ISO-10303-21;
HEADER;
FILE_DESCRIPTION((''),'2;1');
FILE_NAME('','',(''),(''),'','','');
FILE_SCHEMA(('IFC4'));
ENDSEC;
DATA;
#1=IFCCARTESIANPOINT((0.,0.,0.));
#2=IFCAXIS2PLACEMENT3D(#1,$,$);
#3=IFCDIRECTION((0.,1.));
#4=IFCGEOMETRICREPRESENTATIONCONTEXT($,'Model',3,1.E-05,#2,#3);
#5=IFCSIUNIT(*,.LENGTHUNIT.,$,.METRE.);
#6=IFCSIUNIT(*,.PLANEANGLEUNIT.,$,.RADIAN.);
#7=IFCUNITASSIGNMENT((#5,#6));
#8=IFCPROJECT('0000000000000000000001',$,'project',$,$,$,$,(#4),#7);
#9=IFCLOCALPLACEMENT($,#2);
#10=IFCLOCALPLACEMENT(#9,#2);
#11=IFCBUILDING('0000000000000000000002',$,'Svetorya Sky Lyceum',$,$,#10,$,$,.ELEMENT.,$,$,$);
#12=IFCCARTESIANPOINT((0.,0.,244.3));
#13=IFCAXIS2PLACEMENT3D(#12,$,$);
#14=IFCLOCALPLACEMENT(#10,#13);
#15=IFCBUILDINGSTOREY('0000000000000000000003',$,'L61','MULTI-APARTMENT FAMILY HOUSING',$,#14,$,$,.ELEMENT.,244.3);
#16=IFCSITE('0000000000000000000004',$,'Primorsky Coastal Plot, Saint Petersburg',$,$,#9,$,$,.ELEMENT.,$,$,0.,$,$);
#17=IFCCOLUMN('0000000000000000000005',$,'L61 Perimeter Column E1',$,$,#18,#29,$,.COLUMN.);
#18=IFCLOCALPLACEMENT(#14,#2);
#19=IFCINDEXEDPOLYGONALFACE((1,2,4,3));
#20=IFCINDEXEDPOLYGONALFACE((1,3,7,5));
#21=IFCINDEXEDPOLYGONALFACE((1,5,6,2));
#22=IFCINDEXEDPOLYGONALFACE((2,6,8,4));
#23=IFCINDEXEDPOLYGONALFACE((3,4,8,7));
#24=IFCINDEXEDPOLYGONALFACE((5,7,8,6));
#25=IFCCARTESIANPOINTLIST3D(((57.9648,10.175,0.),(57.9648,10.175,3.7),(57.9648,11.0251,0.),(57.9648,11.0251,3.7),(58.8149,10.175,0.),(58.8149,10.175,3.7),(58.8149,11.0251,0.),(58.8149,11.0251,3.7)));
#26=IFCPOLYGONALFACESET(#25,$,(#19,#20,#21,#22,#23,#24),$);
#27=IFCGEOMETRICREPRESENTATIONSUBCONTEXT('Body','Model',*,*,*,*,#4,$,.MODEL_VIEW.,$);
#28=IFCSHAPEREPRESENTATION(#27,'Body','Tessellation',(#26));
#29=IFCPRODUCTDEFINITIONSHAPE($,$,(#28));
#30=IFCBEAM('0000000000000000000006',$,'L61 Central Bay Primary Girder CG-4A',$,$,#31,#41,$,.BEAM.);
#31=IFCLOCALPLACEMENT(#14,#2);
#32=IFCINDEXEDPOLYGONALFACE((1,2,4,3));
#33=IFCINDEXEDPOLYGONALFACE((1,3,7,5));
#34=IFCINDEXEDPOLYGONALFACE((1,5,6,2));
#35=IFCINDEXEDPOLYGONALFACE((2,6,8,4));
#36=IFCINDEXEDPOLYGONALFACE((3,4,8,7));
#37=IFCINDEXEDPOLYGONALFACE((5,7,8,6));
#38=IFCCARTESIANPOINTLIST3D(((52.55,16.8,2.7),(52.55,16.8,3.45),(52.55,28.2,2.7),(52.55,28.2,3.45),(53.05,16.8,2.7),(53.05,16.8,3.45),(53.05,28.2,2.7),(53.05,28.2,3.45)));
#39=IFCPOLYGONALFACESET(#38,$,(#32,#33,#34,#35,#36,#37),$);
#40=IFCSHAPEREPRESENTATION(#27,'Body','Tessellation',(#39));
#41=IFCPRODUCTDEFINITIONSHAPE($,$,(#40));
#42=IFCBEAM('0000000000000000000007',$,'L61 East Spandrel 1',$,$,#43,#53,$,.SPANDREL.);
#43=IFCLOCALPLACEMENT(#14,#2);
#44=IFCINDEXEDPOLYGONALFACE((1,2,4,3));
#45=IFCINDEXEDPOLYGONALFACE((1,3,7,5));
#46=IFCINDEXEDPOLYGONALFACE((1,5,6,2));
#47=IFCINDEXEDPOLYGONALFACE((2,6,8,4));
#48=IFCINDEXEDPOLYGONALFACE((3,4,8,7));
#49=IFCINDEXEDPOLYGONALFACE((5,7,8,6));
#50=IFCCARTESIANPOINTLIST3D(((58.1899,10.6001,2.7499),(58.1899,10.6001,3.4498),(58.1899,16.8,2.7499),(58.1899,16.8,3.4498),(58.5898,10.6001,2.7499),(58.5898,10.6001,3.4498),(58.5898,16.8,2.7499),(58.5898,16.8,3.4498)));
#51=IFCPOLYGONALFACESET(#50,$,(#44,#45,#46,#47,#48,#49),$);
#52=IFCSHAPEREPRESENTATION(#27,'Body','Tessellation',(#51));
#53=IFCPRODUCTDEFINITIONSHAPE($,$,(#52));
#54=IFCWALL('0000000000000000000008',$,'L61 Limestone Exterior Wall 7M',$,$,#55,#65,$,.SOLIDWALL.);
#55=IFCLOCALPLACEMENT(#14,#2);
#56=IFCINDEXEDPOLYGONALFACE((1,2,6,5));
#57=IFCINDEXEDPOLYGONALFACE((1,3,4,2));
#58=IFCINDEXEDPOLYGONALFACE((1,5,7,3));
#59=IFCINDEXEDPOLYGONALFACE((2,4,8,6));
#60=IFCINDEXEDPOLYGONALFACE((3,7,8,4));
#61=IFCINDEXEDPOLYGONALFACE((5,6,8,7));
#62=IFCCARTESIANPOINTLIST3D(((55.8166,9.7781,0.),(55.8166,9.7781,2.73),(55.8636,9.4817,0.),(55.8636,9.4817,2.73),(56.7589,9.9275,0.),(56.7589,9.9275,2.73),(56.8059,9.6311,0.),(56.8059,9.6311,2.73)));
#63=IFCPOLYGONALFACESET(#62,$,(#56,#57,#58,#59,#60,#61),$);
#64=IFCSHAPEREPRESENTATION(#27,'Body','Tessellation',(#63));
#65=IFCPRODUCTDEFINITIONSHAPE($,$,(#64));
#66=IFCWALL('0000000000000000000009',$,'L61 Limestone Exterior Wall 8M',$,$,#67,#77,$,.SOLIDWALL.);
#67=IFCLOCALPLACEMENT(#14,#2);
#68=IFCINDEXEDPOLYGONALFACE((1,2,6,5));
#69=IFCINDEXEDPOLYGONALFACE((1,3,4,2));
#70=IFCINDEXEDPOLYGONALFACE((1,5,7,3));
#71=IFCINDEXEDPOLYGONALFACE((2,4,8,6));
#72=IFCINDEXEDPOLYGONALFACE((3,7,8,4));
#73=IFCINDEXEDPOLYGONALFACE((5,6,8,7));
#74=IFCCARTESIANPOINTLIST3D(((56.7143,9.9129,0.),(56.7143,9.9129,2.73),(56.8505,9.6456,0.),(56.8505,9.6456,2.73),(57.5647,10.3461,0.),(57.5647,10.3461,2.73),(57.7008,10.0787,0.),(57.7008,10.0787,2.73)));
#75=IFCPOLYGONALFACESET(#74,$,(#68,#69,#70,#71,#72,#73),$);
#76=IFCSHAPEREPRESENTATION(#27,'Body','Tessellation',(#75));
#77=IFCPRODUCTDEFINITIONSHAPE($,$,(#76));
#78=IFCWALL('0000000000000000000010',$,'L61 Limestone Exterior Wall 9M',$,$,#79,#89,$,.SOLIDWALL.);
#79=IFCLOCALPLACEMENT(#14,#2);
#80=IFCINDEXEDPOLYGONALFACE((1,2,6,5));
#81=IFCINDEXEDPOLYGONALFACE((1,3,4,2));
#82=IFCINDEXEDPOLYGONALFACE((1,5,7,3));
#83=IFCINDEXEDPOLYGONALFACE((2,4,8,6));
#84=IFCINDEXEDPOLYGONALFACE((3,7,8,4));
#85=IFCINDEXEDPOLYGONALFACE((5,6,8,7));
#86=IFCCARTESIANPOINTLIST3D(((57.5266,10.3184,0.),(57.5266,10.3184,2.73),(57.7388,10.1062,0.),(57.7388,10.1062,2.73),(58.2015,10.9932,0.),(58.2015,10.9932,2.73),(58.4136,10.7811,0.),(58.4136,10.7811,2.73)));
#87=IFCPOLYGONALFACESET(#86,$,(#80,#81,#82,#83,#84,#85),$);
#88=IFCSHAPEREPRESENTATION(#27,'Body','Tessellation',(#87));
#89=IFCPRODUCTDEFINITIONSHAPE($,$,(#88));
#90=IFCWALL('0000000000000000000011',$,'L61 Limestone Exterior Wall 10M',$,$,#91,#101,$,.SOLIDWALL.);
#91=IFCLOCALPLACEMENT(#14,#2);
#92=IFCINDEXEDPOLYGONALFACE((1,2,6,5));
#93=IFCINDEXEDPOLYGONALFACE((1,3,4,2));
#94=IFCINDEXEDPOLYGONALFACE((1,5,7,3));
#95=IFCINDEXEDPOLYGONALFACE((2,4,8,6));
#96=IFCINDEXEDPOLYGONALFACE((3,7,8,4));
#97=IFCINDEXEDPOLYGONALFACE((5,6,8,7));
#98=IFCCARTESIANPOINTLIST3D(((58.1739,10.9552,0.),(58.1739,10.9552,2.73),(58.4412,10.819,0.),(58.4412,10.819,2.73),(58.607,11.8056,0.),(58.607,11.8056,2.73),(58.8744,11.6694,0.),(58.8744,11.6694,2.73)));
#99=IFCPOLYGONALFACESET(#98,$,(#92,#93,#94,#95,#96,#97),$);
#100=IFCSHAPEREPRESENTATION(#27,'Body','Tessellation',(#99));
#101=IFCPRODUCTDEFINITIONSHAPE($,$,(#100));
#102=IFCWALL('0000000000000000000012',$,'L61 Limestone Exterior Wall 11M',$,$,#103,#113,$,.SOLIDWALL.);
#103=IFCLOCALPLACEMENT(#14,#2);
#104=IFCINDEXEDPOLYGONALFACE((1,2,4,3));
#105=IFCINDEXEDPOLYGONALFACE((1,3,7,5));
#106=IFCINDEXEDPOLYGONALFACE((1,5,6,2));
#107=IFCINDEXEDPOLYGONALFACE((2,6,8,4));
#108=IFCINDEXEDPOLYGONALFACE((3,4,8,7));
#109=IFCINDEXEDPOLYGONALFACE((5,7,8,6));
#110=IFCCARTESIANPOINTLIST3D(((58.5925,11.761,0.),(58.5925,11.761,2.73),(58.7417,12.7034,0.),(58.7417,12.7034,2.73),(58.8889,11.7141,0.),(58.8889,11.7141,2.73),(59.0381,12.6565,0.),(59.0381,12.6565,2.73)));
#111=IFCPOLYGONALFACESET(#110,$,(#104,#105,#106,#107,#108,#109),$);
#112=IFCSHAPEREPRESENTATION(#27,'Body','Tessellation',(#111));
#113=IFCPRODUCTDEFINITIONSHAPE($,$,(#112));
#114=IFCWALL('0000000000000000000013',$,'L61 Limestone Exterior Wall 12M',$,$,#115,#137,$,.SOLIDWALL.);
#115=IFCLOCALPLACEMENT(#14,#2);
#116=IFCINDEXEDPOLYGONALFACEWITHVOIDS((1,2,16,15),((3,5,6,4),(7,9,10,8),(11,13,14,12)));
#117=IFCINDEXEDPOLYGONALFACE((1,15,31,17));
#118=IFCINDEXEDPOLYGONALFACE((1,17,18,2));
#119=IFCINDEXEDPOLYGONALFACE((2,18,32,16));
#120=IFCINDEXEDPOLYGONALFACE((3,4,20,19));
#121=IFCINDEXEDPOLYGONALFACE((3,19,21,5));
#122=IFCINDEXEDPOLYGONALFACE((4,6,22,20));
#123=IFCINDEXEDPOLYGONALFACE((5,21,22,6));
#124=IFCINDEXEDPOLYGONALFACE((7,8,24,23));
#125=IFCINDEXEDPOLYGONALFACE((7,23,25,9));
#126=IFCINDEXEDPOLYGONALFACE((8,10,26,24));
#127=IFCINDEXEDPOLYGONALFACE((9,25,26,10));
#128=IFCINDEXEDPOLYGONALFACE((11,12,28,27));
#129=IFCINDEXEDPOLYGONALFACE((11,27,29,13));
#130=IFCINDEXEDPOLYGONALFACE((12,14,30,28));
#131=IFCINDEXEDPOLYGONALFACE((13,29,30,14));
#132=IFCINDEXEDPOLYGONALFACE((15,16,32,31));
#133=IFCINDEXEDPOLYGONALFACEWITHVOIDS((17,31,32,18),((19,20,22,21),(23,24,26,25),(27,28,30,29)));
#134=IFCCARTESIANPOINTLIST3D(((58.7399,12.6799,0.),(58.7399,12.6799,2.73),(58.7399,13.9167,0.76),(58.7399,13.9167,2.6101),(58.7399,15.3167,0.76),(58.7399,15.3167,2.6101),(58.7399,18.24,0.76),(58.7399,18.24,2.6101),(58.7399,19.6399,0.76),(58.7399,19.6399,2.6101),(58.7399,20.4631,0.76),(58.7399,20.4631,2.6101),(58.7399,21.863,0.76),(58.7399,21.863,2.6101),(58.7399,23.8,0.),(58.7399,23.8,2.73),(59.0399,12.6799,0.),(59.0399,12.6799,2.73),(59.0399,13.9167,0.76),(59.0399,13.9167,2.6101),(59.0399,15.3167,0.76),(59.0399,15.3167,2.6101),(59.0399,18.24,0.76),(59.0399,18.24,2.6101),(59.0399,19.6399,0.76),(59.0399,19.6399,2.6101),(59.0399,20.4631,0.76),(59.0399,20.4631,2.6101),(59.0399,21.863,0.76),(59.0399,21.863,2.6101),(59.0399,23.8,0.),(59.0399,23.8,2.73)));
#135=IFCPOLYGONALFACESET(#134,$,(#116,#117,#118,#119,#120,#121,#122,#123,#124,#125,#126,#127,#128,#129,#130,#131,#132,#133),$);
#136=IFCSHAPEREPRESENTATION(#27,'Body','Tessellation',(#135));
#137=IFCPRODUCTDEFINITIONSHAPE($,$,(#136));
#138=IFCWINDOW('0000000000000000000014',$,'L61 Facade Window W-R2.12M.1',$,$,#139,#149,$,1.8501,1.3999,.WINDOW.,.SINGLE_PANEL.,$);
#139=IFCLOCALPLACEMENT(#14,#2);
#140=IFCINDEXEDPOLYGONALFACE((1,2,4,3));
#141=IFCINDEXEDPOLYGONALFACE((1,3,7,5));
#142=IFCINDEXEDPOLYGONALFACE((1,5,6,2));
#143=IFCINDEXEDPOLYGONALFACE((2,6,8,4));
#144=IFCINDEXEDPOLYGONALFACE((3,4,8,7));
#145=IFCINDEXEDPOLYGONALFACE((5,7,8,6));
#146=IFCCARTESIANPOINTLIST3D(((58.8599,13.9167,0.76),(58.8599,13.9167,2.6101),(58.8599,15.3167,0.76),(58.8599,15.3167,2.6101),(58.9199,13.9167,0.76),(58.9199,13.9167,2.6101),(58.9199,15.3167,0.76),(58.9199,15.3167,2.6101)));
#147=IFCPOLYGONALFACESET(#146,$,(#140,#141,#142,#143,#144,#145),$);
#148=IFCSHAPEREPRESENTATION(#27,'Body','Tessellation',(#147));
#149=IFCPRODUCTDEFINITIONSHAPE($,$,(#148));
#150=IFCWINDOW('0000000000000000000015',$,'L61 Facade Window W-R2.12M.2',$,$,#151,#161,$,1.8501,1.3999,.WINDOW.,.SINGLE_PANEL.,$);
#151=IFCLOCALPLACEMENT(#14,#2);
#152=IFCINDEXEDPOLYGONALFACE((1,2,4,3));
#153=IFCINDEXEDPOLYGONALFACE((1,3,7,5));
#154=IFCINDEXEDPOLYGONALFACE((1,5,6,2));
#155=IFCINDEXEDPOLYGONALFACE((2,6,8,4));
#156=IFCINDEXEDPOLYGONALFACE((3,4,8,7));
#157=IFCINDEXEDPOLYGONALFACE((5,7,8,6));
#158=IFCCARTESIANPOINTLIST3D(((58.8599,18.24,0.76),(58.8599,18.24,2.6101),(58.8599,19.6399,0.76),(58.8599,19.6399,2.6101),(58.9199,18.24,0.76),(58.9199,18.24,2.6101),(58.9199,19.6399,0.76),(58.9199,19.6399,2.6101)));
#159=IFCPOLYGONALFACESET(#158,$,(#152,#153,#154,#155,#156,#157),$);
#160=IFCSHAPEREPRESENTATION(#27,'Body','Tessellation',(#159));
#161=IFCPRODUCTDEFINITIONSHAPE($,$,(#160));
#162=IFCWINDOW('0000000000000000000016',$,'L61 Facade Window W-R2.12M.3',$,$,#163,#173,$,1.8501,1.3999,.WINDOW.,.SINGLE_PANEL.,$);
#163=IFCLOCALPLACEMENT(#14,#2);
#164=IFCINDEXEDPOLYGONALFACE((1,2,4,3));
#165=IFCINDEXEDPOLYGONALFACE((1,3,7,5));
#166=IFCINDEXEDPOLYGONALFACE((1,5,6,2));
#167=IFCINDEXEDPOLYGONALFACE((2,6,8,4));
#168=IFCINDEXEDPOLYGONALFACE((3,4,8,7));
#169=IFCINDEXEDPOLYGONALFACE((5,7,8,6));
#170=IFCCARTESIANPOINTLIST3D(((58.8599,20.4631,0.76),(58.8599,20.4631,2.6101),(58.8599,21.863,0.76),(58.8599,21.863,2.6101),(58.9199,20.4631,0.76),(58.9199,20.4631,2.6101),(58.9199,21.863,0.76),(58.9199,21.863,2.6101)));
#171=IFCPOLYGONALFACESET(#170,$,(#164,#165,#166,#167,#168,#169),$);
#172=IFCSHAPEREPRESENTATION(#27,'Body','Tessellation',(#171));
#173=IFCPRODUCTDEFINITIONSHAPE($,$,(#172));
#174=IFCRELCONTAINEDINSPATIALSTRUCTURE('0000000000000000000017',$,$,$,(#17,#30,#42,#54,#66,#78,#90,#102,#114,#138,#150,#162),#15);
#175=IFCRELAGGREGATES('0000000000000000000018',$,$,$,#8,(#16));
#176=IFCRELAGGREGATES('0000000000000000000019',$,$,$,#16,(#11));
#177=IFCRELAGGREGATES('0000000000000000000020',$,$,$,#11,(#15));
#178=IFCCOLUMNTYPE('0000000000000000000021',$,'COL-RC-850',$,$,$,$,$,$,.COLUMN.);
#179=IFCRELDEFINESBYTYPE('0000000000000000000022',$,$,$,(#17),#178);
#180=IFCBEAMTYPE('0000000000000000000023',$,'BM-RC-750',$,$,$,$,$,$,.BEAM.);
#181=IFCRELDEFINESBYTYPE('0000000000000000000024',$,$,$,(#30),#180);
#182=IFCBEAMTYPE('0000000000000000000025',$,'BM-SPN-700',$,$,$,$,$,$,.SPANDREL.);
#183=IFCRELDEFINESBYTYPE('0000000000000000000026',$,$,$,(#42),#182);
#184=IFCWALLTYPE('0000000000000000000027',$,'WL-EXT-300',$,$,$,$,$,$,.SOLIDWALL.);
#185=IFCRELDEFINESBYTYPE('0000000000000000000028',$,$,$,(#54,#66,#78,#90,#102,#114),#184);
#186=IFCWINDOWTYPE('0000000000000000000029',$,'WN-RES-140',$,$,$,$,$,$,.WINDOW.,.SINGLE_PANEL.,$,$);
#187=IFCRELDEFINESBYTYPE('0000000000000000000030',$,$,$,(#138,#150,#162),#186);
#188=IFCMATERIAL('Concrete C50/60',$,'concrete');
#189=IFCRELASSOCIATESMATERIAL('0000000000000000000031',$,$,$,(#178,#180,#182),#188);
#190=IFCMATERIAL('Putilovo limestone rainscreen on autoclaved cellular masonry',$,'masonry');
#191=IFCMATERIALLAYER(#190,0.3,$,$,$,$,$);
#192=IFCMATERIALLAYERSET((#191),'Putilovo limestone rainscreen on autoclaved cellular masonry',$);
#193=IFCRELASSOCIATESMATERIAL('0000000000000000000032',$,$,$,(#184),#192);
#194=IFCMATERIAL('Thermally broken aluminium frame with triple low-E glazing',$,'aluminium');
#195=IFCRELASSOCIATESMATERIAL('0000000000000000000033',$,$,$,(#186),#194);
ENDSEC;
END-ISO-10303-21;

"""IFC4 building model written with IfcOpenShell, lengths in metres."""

from ifc_helpers import new_model, si_unit, direction, frame, frame_2d, origin, origin_2d, place, context, subcontext, project, spatial, rectangle, extrude, material, layer, layer_set, material_profile, profile_set, type_object, element, fill, save


model = new_model("IFC4")

# Units and contexts
model_context = context("Model", 3, precision=1e-05, world=origin(), true_north=direction((0.0, 1.0)))
body_context = subcontext(model_context, "Body", "Model", "MODEL_VIEW")
ifc_project = project(units=[si_unit("LENGTHUNIT", "METRE"), si_unit("PLANEANGLEUNIT", "RADIAN")], contexts=[model_context])

# Site, building, storey
site_placement = place(None, origin())
site = spatial("IfcSite", under=ifc_project, at=site_placement, Name="Primorsky Coastal Plot, Saint Petersburg", CompositionType="ELEMENT", RefElevation=0.0)
building_placement = place(site_placement, origin())
building = spatial("IfcBuilding", under=site, at=building_placement, Name="Svetorya Sky Lyceum", CompositionType="ELEMENT")
storey_placement = place(building_placement, frame((0.0, 0.0, 244.3)))
storey = spatial("IfcBuildingStorey", under=building, at=storey_placement, Name="L61", Description="MULTI-APARTMENT FAMILY HOUSING", CompositionType="ELEMENT", Elevation=244.3)

# Column
ifc_material_1 = material(Name="Concrete C50/60", Category="concrete")
ifc_material_profile_1 = material_profile(ifc_material_1, rectangle(XDim=0.8501, YDim=0.8501, at=origin_2d()), Name="RC COL 850x850")
ifc_profile_set_1 = profile_set([ifc_material_profile_1], Name="Concrete C50/60")
column_type = type_object("IfcColumnType", Name="COL-RC-850", PredefinedType="COLUMN", material=ifc_profile_set_1)
column_placement = place(storey_placement, frame((58.3899, 10.6001, 0.0), z_axis=(0.0, 0.0, 1.0), x_axis=(1.0, 0.0, 0.0)))
element("IfcColumn", 1, at=column_placement, inside=storey, type_object=column_type, Name="L61 Perimeter Column E1", PredefinedType="COLUMN", context=body_context, shape_type="SweptSolid", body=[
    extrude(rectangle(XDim=0.8501, YDim=0.8501, at=origin_2d()), origin(), (0.0, 0.0, 1.0), 3.7),
])

# Beams
ifc_material_profile_2 = material_profile(ifc_material_1, rectangle(XDim=0.5, YDim=0.75, at=origin_2d()), Name="RC BEAM 500x750")
ifc_profile_set_2 = profile_set([ifc_material_profile_2], Name="Concrete C50/60")
beam_type_1 = type_object("IfcBeamType", Name="BM-RC-750", PredefinedType="BEAM", material=ifc_profile_set_2)
beam_1_placement = place(storey_placement, frame((52.8, 16.8, 3.075), z_axis=(0.0, 1.0, 0.0), x_axis=(-1.0, 0.0, 0.0)))
element("IfcBeam", 2, at=beam_1_placement, inside=storey, type_object=beam_type_1, Name="L61 Central Bay Primary Girder CG-4A", PredefinedType="BEAM", context=body_context, shape_type="SweptSolid", body=[
    extrude(rectangle(XDim=0.5, YDim=0.75, at=origin_2d()), origin(), (0.0, 0.0, 1.0), 11.3999),
])
ifc_material_profile_3 = material_profile(ifc_material_1, rectangle(XDim=0.3999, YDim=0.7, at=origin_2d()), Name="RC SPANDREL 400x700")
ifc_profile_set_3 = profile_set([ifc_material_profile_3], Name="Concrete C50/60")
beam_type_2 = type_object("IfcBeamType", Name="BM-SPN-700", PredefinedType="SPANDREL", material=ifc_profile_set_3)
beam_2_placement = place(storey_placement, frame((58.3899, 10.6001, 3.0999), z_axis=(0.0, 1.0, 0.0), x_axis=(-1.0, 0.0, 0.0)))
element("IfcBeam", 3, at=beam_2_placement, inside=storey, type_object=beam_type_2, Name="L61 East Spandrel 1", PredefinedType="SPANDREL", context=body_context, shape_type="SweptSolid", body=[
    extrude(rectangle(XDim=0.3999, YDim=0.7, at=origin_2d()), origin(), (0.0, 0.0, 1.0), 6.2),
])

# Walls
ifc_material_2 = material(Name="Putilovo limestone rainscreen on autoclaved cellular masonry", Category="masonry")
ifc_layer_1 = layer(ifc_material_2, 0.3)
ifc_layer_set_1 = layer_set([ifc_layer_1], Name="Putilovo limestone rainscreen on autoclaved cellular masonry")
wall_type_1 = type_object("IfcWallType", Name="WL-EXT-300", PredefinedType="SOLIDWALL", material=ifc_layer_set_1)
wall_1_placement = place(storey_placement, frame((55.8401, 9.6299, 0.0), z_axis=(0.0, 0.0, 1.0), x_axis=(0.987663, 0.156593, 0.0)))
element("IfcWall", 4, at=wall_1_placement, inside=storey, type_object=wall_type_1, Name="L61 Limestone Exterior Wall 7M", PredefinedType="SOLIDWALL", context=body_context, shape_type="SweptSolid", body=[
    extrude(rectangle(XDim=0.9541, YDim=0.3, at=frame_2d((0.4771, 0.0))), origin(), (0.0, 0.0, 1.0), 2.73),
])
for number, where, z_axis, x_axis, name in (
    (5, (56.7825, 9.7793, 0.0), (0.0, 0.0, 1.0), (0.891077, 0.453853, 0.0), "L61 Limestone Exterior Wall 8M"),
    (6, (57.6328, 10.2124, 0.0), (0.0, 0.0, 1.0), (0.707107, 0.707107, 0.0), "L61 Limestone Exterior Wall 9M"),
    (7, (58.3076, 10.8872, 0.0), (0.0, 0.0, 1.0), (0.453853, 0.891077, 0.0), "L61 Limestone Exterior Wall 10M"),
):
    element("IfcWall", number, at=place(storey_placement, frame(where, z_axis=z_axis, x_axis=x_axis)), inside=storey, type_object=wall_type_1, Name=name, PredefinedType="SOLIDWALL", context=body_context, shape_type="SweptSolid", body=[
        extrude(rectangle(XDim=0.9543, YDim=0.3, at=frame_2d((0.4771, 0.0))), origin(), (0.0, 0.0, 1.0), 2.73),
    ])
wall_2_placement = place(storey_placement, frame((58.7407, 11.7375, 0.0), z_axis=(0.0, 0.0, 1.0), x_axis=(0.156344, 0.987703, 0.0)))
element("IfcWall", 8, at=wall_2_placement, inside=storey, type_object=wall_type_1, Name="L61 Limestone Exterior Wall 11M", PredefinedType="SOLIDWALL", context=body_context, shape_type="SweptSolid", body=[
    extrude(rectangle(XDim=0.9541, YDim=0.3, at=frame_2d((0.4771, 0.0))), origin(), (0.0, 0.0, 1.0), 2.73),
])

# Wall, openings, windows
wall_3_placement = place(storey_placement, frame((58.8899, 12.6799, 0.0), z_axis=(0.0, 0.0, 1.0), x_axis=(0.0, 1.0, 0.0)))
wall_3 = element("IfcWall", 9, at=wall_3_placement, inside=storey, type_object=wall_type_1, Name="L61 Limestone Exterior Wall 12M", PredefinedType="SOLIDWALL", context=body_context, shape_type="SweptSolid", body=[
    extrude(rectangle(XDim=11.1201, YDim=0.3, at=frame_2d((5.5601, 0.0))), origin(), (0.0, 0.0, 1.0), 2.73),
])
opening_1_placement = place(wall_3_placement, frame((1.2368, 0.0, 0.76)))
opening_1 = element("IfcOpeningElement", 10, at=opening_1_placement, cuts=wall_3, PredefinedType="OPENING", context=body_context, shape_type="SweptSolid", body=[
    extrude(rectangle(XDim=1.3999, YDim=1.8501, at=frame_2d((0.7, 0.925))), frame((0.0, 0.1599, 0.0), z_axis=(0.0, -1.0, 0.0), x_axis=(1.0, 0.0, 0.0)), (0.0, 0.0, 1.0), 0.3201),
])
opening_2_placement = place(wall_3_placement, frame((5.5601, 0.0, 0.76)))
opening_2 = element("IfcOpeningElement", 11, at=opening_2_placement, cuts=wall_3, PredefinedType="OPENING", context=body_context, shape_type="SweptSolid", body=[
    extrude(rectangle(XDim=1.3999, YDim=1.8501, at=frame_2d((0.7, 0.925))), frame((0.0, 0.1599, 0.0), z_axis=(0.0, -1.0, 0.0), x_axis=(1.0, 0.0, 0.0)), (0.0, 0.0, 1.0), 0.3201),
])
opening_3_placement = place(wall_3_placement, frame((7.7832, 0.0, 0.76)))
opening_3 = element("IfcOpeningElement", 12, at=opening_3_placement, cuts=wall_3, PredefinedType="OPENING", context=body_context, shape_type="SweptSolid", body=[
    extrude(rectangle(XDim=1.3999, YDim=1.8501, at=frame_2d((0.7, 0.925))), frame((0.0, 0.1599, 0.0), z_axis=(0.0, -1.0, 0.0), x_axis=(1.0, 0.0, 0.0)), (0.0, 0.0, 1.0), 0.3201),
])
ifc_material_3 = material(Name="Thermally broken aluminium frame with triple low-E glazing", Category="aluminium")
window_type = type_object("IfcWindowType", Name="WN-RES-140", PartitioningType="SINGLE_PANEL", PredefinedType="WINDOW", material=ifc_material_3)
window_1_placement = place(opening_1_placement, origin())
window_1 = element("IfcWindow", 13, at=window_1_placement, inside=storey, type_object=window_type, Name="L61 Facade Window W-R2.12M.1", OverallHeight=1.8501, OverallWidth=1.3999, PartitioningType="SINGLE_PANEL", PredefinedType="WINDOW", context=body_context, shape_type="SweptSolid", body=[
    extrude(rectangle(XDim=1.3999, YDim=1.8501, at=frame_2d((0.7, 0.925))), frame((0.0, 0.03, 0.0), z_axis=(0.0, -1.0, 0.0), x_axis=(1.0, 0.0, 0.0)), (0.0, 0.0, 1.0), 0.0601),
])
fill(opening_1, window_1)
window_2_placement = place(opening_2_placement, origin())
window_2 = element("IfcWindow", 14, at=window_2_placement, inside=storey, type_object=window_type, Name="L61 Facade Window W-R2.12M.2", OverallHeight=1.8501, OverallWidth=1.3999, PartitioningType="SINGLE_PANEL", PredefinedType="WINDOW", context=body_context, shape_type="SweptSolid", body=[
    extrude(rectangle(XDim=1.3999, YDim=1.8501, at=frame_2d((0.7, 0.925))), frame((0.0, 0.03, 0.0), z_axis=(0.0, -1.0, 0.0), x_axis=(1.0, 0.0, 0.0)), (0.0, 0.0, 1.0), 0.0601),
])
fill(opening_2, window_2)
window_3_placement = place(opening_3_placement, origin())
window_3 = element("IfcWindow", 15, at=window_3_placement, inside=storey, type_object=window_type, Name="L61 Facade Window W-R2.12M.3", OverallHeight=1.8501, OverallWidth=1.3999, PartitioningType="SINGLE_PANEL", PredefinedType="WINDOW", context=body_context, shape_type="SweptSolid", body=[
    extrude(rectangle(XDim=1.3999, YDim=1.8501, at=frame_2d((0.7, 0.925))), frame((0.0, 0.03, 0.0), z_axis=(0.0, -1.0, 0.0), x_axis=(1.0, 0.0, 0.0)), (0.0, 0.0, 1.0), 0.0601),
])
fill(opening_3, window_3)

save(model, "model.ifc")
